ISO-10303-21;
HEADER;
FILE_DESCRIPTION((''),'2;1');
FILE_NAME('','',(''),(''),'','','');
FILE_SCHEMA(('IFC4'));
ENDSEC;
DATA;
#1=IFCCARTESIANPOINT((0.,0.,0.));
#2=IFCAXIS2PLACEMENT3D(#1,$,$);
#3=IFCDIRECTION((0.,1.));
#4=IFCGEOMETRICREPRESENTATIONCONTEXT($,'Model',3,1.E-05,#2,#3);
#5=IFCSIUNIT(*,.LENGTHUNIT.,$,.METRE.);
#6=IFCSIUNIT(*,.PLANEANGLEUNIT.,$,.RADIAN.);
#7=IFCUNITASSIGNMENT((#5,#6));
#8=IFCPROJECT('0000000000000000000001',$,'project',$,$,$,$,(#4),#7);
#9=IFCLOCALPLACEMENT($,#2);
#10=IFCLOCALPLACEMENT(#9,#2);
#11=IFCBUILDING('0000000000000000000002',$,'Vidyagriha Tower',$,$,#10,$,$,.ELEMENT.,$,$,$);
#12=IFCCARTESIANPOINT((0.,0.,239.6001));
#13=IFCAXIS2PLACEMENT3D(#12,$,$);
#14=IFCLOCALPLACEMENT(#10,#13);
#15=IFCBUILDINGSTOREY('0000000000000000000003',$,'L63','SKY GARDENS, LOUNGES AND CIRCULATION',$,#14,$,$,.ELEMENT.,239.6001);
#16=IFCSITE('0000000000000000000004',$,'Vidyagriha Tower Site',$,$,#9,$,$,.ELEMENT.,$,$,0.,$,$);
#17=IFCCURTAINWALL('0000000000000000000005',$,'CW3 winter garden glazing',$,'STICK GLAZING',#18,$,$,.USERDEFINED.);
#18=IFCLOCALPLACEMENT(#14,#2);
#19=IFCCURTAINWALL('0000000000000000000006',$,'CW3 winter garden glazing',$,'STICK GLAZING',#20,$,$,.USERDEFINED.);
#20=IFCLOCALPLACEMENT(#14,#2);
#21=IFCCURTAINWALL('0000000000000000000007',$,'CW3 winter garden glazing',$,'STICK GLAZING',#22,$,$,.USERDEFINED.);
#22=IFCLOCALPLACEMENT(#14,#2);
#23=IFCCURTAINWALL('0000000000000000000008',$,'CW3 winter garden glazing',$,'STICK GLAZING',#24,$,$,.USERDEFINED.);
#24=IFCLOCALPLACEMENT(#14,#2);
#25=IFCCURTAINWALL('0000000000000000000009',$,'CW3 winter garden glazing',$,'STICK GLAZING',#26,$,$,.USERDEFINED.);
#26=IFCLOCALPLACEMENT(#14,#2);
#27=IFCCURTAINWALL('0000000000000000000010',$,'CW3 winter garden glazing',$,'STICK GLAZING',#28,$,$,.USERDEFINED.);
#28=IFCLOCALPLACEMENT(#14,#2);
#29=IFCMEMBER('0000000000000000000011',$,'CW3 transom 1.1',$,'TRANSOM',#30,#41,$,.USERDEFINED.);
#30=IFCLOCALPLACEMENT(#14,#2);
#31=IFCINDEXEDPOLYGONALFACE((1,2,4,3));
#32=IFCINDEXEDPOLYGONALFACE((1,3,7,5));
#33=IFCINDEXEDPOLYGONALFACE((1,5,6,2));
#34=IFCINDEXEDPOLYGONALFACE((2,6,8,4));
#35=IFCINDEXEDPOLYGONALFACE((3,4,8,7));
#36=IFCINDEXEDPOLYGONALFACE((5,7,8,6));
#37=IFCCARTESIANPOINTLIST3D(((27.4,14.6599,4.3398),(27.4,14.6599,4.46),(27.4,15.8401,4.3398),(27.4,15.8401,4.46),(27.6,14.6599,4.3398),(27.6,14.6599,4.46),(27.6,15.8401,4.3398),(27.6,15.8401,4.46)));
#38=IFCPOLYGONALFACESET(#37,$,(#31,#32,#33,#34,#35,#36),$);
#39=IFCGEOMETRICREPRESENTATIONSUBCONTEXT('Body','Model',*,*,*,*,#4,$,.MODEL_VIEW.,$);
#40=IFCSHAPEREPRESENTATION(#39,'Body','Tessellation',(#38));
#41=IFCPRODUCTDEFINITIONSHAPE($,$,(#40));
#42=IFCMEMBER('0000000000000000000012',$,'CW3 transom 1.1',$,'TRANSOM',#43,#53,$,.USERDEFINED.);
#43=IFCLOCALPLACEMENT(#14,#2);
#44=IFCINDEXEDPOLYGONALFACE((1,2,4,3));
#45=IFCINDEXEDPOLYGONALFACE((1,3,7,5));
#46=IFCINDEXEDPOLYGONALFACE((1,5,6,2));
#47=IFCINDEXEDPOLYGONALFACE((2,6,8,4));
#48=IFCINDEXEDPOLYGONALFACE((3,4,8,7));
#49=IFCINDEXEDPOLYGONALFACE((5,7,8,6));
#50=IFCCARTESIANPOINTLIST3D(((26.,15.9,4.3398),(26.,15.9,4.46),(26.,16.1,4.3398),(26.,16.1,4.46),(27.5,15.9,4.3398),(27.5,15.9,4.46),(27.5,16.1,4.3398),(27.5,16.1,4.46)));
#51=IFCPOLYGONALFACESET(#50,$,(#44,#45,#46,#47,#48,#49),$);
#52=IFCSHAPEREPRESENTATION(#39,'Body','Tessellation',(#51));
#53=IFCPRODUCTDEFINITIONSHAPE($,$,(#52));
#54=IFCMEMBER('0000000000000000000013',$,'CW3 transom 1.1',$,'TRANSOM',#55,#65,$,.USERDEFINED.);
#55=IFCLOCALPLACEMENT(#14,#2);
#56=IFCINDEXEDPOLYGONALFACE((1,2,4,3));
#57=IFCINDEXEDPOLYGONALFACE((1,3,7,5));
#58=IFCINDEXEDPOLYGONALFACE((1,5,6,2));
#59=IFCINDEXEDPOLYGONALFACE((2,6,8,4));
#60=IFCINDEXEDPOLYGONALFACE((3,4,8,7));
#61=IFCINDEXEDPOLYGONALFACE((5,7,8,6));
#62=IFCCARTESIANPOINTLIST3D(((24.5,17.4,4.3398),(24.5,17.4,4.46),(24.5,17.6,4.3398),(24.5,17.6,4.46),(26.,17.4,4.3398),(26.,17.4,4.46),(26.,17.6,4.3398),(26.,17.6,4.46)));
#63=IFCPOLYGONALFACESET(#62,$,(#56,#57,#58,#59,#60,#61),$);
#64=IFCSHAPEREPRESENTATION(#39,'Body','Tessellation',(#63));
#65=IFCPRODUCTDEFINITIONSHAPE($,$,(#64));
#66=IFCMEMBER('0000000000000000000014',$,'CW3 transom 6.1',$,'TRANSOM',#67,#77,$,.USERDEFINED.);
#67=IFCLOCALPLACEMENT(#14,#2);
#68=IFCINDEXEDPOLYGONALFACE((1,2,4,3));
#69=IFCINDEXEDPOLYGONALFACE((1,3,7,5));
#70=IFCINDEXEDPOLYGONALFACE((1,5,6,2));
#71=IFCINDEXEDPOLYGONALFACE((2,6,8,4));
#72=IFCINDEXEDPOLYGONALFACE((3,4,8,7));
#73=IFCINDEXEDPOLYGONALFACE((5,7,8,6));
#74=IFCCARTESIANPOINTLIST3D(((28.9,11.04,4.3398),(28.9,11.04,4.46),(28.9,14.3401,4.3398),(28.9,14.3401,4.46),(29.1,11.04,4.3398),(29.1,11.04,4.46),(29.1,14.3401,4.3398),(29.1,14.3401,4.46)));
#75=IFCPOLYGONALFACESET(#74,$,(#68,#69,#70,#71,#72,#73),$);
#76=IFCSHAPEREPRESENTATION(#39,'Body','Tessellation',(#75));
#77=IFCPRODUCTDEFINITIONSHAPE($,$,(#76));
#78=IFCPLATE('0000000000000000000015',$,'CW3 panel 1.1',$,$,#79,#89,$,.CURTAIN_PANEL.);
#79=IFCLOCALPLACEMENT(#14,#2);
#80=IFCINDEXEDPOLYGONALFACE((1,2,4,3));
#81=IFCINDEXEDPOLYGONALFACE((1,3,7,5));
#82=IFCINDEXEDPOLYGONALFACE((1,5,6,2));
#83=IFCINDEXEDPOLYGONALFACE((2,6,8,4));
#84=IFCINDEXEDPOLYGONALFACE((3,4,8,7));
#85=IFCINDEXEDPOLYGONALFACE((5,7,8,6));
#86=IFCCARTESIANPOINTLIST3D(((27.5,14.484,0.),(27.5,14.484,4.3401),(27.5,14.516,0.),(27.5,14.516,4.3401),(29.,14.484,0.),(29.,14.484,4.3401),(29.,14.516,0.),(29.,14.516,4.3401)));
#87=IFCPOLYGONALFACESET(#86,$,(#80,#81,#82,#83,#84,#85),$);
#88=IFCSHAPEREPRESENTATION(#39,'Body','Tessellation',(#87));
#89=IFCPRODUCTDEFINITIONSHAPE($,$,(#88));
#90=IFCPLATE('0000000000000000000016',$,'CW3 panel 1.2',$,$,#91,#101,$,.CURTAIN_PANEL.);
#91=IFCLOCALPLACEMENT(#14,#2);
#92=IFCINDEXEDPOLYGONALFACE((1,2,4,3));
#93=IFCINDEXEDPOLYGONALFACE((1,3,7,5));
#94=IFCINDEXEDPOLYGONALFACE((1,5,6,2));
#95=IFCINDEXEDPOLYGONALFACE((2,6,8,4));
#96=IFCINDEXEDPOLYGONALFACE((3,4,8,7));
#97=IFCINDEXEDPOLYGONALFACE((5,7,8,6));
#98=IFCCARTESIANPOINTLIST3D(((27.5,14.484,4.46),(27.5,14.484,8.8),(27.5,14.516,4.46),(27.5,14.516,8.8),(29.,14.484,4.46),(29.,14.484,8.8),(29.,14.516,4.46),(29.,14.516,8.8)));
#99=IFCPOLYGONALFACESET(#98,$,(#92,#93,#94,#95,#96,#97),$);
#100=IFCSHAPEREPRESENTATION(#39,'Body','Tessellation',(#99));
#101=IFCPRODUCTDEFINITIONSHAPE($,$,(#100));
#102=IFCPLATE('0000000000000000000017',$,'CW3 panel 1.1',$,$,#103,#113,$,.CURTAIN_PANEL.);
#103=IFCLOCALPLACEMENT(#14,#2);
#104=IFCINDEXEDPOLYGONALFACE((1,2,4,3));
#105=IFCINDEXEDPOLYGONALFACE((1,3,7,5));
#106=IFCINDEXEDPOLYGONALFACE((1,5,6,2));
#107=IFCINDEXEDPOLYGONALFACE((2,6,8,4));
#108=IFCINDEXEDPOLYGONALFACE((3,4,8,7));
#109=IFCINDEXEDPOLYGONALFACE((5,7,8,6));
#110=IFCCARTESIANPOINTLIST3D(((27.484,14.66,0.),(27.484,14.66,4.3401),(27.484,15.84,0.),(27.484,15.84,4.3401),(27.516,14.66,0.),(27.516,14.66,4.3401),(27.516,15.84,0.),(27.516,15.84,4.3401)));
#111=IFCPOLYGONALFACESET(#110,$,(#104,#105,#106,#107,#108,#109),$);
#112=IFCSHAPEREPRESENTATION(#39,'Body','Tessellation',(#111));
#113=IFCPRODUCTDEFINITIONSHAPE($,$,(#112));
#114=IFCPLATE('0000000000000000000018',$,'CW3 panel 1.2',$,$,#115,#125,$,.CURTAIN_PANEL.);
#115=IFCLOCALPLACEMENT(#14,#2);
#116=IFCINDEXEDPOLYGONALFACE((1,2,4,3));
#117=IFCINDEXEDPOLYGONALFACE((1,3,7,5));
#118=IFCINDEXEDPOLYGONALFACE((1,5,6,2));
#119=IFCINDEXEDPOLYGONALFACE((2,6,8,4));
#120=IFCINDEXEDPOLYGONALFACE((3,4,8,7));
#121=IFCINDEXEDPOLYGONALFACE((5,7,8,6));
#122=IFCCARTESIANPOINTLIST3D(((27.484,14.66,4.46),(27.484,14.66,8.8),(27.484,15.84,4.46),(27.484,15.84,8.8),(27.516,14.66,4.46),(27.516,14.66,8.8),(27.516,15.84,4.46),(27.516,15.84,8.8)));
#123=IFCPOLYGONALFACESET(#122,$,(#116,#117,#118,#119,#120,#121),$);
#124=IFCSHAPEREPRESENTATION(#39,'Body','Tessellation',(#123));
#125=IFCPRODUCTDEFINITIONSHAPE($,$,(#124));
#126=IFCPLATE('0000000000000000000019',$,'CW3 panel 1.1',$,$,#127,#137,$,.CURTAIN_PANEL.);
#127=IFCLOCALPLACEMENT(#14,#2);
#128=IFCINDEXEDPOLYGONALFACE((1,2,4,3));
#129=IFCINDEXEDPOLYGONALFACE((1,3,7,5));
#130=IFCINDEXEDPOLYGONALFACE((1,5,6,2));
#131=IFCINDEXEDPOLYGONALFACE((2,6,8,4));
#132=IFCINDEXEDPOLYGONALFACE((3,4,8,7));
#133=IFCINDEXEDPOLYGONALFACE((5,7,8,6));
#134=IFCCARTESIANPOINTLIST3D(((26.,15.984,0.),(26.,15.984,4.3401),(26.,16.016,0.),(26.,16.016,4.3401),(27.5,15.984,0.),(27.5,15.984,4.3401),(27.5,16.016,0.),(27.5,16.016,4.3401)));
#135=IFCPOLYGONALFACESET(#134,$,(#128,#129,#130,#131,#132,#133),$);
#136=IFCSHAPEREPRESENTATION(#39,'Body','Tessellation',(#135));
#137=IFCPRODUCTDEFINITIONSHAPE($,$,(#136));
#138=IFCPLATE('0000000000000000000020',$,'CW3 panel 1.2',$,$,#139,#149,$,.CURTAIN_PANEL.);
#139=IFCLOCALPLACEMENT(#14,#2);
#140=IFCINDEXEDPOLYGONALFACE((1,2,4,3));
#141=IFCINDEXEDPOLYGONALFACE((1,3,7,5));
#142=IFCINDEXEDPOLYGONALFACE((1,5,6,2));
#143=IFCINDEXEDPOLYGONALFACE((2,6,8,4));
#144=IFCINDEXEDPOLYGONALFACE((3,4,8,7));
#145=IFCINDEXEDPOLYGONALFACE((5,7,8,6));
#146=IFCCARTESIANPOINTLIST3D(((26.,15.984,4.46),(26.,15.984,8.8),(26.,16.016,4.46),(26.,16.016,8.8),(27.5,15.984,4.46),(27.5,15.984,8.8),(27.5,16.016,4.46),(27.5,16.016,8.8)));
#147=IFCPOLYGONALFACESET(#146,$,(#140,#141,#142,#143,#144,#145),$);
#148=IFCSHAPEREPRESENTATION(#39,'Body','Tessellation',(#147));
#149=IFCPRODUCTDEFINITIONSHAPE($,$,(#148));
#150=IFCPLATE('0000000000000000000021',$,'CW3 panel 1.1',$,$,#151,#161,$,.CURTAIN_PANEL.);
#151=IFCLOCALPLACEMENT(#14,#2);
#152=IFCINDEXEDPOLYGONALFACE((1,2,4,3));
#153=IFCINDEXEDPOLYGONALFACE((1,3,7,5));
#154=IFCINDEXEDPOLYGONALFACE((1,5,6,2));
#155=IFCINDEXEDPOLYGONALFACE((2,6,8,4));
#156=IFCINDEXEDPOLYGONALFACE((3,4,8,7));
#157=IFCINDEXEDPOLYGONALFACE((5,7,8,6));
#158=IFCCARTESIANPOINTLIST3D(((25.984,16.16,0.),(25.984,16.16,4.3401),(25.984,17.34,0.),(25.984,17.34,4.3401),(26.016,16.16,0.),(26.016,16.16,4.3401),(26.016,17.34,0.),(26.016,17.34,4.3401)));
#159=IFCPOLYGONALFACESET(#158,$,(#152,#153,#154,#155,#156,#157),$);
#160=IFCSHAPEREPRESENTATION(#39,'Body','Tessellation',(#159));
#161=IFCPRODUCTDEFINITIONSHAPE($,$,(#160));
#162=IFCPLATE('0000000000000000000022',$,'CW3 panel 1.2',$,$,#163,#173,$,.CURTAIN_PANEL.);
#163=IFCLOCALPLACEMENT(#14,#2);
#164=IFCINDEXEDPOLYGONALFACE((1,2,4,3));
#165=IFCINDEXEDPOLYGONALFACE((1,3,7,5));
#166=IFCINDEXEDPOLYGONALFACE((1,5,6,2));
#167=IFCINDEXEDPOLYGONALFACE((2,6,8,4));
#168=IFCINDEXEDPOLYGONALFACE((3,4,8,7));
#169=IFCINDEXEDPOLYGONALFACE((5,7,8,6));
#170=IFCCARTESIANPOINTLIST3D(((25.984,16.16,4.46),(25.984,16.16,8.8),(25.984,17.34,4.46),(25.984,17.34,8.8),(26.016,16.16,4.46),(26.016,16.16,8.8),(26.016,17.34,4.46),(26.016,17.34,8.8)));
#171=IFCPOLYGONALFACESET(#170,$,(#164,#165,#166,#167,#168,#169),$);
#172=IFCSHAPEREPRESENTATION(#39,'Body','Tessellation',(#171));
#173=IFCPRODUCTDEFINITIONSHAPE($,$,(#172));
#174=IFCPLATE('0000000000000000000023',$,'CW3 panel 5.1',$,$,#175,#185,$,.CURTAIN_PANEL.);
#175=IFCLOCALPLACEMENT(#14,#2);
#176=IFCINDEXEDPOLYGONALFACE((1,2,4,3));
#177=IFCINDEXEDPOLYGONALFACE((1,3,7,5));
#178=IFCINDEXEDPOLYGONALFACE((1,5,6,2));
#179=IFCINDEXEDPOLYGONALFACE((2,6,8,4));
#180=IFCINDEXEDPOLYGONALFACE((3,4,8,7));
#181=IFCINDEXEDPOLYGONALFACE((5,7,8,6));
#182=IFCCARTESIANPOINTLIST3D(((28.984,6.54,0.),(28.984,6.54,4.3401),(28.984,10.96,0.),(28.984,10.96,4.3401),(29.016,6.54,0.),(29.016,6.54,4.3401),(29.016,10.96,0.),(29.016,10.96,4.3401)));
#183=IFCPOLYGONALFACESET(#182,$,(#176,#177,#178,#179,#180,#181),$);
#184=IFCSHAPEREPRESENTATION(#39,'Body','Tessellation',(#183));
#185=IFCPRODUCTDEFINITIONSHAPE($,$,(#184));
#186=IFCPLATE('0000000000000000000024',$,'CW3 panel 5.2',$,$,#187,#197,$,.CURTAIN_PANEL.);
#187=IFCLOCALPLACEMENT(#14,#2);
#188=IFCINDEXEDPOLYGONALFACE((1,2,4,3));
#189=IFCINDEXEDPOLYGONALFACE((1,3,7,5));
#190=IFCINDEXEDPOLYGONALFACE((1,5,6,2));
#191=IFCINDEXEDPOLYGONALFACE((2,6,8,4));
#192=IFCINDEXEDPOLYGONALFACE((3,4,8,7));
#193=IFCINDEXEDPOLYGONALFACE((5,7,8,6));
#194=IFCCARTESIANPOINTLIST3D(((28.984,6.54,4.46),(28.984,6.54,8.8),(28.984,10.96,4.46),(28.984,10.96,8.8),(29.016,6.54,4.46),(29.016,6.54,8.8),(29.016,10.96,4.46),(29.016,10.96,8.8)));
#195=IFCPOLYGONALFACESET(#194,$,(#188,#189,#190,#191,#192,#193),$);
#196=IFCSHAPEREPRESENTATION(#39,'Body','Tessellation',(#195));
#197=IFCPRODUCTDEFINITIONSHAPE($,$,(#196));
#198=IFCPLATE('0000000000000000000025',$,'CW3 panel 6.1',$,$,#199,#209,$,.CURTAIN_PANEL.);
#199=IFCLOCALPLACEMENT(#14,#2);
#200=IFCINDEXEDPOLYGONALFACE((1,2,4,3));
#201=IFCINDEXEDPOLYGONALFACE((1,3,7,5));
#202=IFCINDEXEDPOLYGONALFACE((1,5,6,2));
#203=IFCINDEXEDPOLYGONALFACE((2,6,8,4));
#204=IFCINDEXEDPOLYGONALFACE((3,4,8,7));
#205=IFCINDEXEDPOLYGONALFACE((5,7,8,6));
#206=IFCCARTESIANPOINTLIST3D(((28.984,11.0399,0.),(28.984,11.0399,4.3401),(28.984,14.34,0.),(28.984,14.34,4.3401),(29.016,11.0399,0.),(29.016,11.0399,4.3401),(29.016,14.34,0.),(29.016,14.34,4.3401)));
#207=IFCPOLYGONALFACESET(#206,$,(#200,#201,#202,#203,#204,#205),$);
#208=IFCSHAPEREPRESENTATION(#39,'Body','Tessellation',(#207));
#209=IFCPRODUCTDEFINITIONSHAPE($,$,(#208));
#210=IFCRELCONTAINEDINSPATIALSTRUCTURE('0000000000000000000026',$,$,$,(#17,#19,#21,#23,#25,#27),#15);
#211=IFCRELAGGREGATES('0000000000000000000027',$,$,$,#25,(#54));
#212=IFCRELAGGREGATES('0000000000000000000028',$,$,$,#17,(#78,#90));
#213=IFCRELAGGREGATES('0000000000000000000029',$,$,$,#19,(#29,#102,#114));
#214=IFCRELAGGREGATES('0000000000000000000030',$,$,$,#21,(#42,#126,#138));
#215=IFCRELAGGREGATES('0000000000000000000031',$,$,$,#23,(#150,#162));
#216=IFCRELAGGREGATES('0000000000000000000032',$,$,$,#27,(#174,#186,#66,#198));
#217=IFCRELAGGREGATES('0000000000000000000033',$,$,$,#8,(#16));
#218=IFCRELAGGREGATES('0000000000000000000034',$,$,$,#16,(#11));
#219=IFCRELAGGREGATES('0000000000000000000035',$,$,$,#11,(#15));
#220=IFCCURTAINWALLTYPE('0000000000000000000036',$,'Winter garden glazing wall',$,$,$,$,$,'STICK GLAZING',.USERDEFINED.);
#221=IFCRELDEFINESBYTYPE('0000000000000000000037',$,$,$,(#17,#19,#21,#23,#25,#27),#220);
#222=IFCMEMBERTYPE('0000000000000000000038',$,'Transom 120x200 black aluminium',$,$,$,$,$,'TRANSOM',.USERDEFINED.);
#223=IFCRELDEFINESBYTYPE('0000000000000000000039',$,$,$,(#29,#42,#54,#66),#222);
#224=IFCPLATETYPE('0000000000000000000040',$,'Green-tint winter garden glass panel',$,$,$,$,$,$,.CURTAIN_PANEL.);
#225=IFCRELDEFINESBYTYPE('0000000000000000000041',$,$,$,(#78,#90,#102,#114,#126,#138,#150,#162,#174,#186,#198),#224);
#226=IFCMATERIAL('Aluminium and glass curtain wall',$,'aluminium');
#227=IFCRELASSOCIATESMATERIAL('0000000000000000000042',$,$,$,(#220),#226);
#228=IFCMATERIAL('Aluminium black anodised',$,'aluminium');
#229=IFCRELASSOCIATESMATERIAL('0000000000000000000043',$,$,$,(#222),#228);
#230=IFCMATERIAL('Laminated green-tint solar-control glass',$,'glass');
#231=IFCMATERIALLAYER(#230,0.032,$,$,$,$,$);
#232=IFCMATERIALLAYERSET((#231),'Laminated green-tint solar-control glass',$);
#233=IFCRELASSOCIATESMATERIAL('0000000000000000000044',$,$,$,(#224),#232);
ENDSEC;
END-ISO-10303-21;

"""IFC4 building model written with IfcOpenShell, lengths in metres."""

from ifc_helpers import new_model, si_unit, direction, frame, origin, origin_2d, place, context, subcontext, project, spatial, rectangle, extrude, material, layer, layer_set, material_profile, profile_set, type_object, element, aggregate, save


model = new_model("IFC4")

# Units and contexts
model_context = context("Model", 3, precision=1e-05, world=origin(), true_north=direction((0.0, 1.0)))
body_context = subcontext(model_context, "Body", "Model", "MODEL_VIEW")
ifc_project = project(units=[si_unit("LENGTHUNIT", "METRE"), si_unit("PLANEANGLEUNIT", "RADIAN")], contexts=[model_context])

# Site, building, storey
site_placement = place(None, origin())
site = spatial("IfcSite", under=ifc_project, at=site_placement, Name="Vidyagriha Tower Site", CompositionType="ELEMENT", RefElevation=0.0)
building_placement = place(site_placement, origin())
building = spatial("IfcBuilding", under=site, at=building_placement, Name="Vidyagriha Tower", CompositionType="ELEMENT")
storey_placement = place(building_placement, frame((0.0, 0.0, 239.6001)))
storey = spatial("IfcBuildingStorey", under=building, at=storey_placement, Name="L63", Description="SKY GARDENS, LOUNGES AND CIRCULATION", CompositionType="ELEMENT", Elevation=239.6001)

# Curtain walls
ifc_material_1 = material(Name="Aluminium and glass curtain wall", Category="aluminium")
curtain_wall_type = type_object("IfcCurtainWallType", Name="Winter garden glazing wall", ElementType="STICK GLAZING", PredefinedType="USERDEFINED", material=ifc_material_1)
curtain_wall_1_placement = place(storey_placement, origin())
curtain_wall_1 = element("IfcCurtainWall", 1, at=curtain_wall_1_placement, inside=storey, type_object=curtain_wall_type, Name="CW3 winter garden glazing", ObjectType="STICK GLAZING", PredefinedType="USERDEFINED")
curtain_wall_2_placement = place(storey_placement, origin())
curtain_wall_2 = element("IfcCurtainWall", 2, at=curtain_wall_2_placement, inside=storey, type_object=curtain_wall_type, Name="CW3 winter garden glazing", ObjectType="STICK GLAZING", PredefinedType="USERDEFINED")

# Curtain walls
curtain_wall_3_placement = place(storey_placement, origin())
curtain_wall_3 = element("IfcCurtainWall", 3, at=curtain_wall_3_placement, inside=storey, type_object=curtain_wall_type, Name="CW3 winter garden glazing", ObjectType="STICK GLAZING", PredefinedType="USERDEFINED")
curtain_wall_4_placement = place(storey_placement, origin())
curtain_wall_4 = element("IfcCurtainWall", 4, at=curtain_wall_4_placement, inside=storey, type_object=curtain_wall_type, Name="CW3 winter garden glazing", ObjectType="STICK GLAZING", PredefinedType="USERDEFINED")
curtain_wall_5_placement = place(storey_placement, origin())
curtain_wall_5 = element("IfcCurtainWall", 5, at=curtain_wall_5_placement, inside=storey, type_object=curtain_wall_type, Name="CW3 winter garden glazing", ObjectType="STICK GLAZING", PredefinedType="USERDEFINED")

# Curtain wall
curtain_wall_6_placement = place(storey_placement, origin())
curtain_wall_6 = element("IfcCurtainWall", 6, at=curtain_wall_6_placement, inside=storey, type_object=curtain_wall_type, Name="CW3 winter garden glazing", ObjectType="STICK GLAZING", PredefinedType="USERDEFINED")

# Members
ifc_material_2 = material(Name="Aluminium black anodised", Category="aluminium")
ifc_material_profile_1 = material_profile(ifc_material_2, rectangle(XDim=0.2, YDim=0.1201, at=origin_2d()), Name="Transom 120x200 black aluminium")
ifc_profile_set_1 = profile_set([ifc_material_profile_1], Name="Aluminium black anodised")
member_type_1 = type_object("IfcMemberType", Name="Transom 120x200 black aluminium", ElementType="TRANSOM", PredefinedType="USERDEFINED", material=ifc_profile_set_1)
member_1_placement = place(storey_placement, frame((27.5, 14.6599, 4.3999), z_axis=(0.0, 1.0, 0.0), x_axis=(-1.0, 0.0, 0.0)))
member_1 = element("IfcMember", 7, at=member_1_placement, type_object=member_type_1, Name="CW3 transom 1.1", ObjectType="TRANSOM", PredefinedType="USERDEFINED", context=body_context, shape_type="SweptSolid", body=[
    extrude(rectangle(XDim=0.2, YDim=0.1201, at=origin_2d()), origin(), (0.0, 0.0, 1.0), 1.1802),
])
member_2_placement = place(storey_placement, frame((27.5, 16.0, 4.3999), z_axis=(-1.0, 0.0, 0.0), x_axis=(0.0, -1.0, 0.0)))
member_2 = element("IfcMember", 8, at=member_2_placement, type_object=member_type_1, Name="CW3 transom 1.1", ObjectType="TRANSOM", PredefinedType="USERDEFINED", context=body_context, shape_type="SweptSolid", body=[
    extrude(rectangle(XDim=0.2, YDim=0.1201, at=origin_2d()), origin(), (0.0, 0.0, 1.0), 1.5),
])
member_3_placement = place(storey_placement, frame((26.0, 17.5, 4.3999), z_axis=(-1.0, 0.0, 0.0), x_axis=(0.0, -1.0, 0.0)))
member_3 = element("IfcMember", 9, at=member_3_placement, type_object=member_type_1, Name="CW3 transom 1.1", ObjectType="TRANSOM", PredefinedType="USERDEFINED", context=body_context, shape_type="SweptSolid", body=[
    extrude(rectangle(XDim=0.2, YDim=0.1201, at=origin_2d()), origin(), (0.0, 0.0, 1.0), 1.5),
])
aggregate(curtain_wall_5, [member_3])
member_4_placement = place(storey_placement, frame((29.0, 11.04, 4.3999), z_axis=(0.0, 1.0, 0.0), x_axis=(-1.0, 0.0, 0.0)))
member_4 = element("IfcMember", 10, at=member_4_placement, type_object=member_type_1, Name="CW3 transom 6.1", ObjectType="TRANSOM", PredefinedType="USERDEFINED", context=body_context, shape_type="SweptSolid", body=[
    extrude(rectangle(XDim=0.2, YDim=0.1201, at=origin_2d()), origin(), (0.0, 0.0, 1.0), 3.3),
])

# Plates
ifc_material_3 = material(Name="Laminated green-tint solar-control glass", Category="glass")
ifc_layer_1 = layer(ifc_material_3, 0.032)
ifc_layer_set_1 = layer_set([ifc_layer_1], Name="Laminated green-tint solar-control glass")
plate_type = type_object("IfcPlateType", Name="Green-tint winter garden glass panel", PredefinedType="CURTAIN_PANEL", material=ifc_layer_set_1)
plate_1_placement = place(storey_placement, frame((28.25, 14.5, 0.0), z_axis=(0.0, 0.0, 1.0), x_axis=(-1.0, 0.0, 0.0)))
plate_1 = element("IfcPlate", 11, at=plate_1_placement, type_object=plate_type, Name="CW3 panel 1.1", PredefinedType="CURTAIN_PANEL", context=body_context, shape_type="SweptSolid", body=[
    extrude(rectangle(XDim=1.5, YDim=0.032, at=origin_2d()), origin(), (0.0, 0.0, 1.0), 4.3401),
])
plate_2_placement = place(storey_placement, frame((28.25, 14.5, 4.46), z_axis=(0.0, 0.0, 1.0), x_axis=(-1.0, 0.0, 0.0)))
plate_2 = element("IfcPlate", 12, at=plate_2_placement, type_object=plate_type, Name="CW3 panel 1.2", PredefinedType="CURTAIN_PANEL", context=body_context, shape_type="SweptSolid", body=[
    extrude(rectangle(XDim=1.5, YDim=0.032, at=origin_2d()), origin(), (0.0, 0.0, 1.0), 4.3401),
])
aggregate(curtain_wall_1, [plate_1, plate_2])
plate_3_placement = place(storey_placement, frame((27.5, 15.25, 0.0), z_axis=(0.0, 0.0, 1.0), x_axis=(0.0, 1.0, 0.0)))
plate_3 = element("IfcPlate", 13, at=plate_3_placement, type_object=plate_type, Name="CW3 panel 1.1", PredefinedType="CURTAIN_PANEL", context=body_context, shape_type="SweptSolid", body=[
    extrude(rectangle(XDim=1.1799, YDim=0.032, at=origin_2d()), origin(), (0.0, 0.0, 1.0), 4.3401),
])
plate_4_placement = place(storey_placement, frame((27.5, 15.25, 4.46), z_axis=(0.0, 0.0, 1.0), x_axis=(0.0, 1.0, 0.0)))
plate_4 = element("IfcPlate", 14, at=plate_4_placement, type_object=plate_type, Name="CW3 panel 1.2", PredefinedType="CURTAIN_PANEL", context=body_context, shape_type="SweptSolid", body=[
    extrude(rectangle(XDim=1.1799, YDim=0.032, at=origin_2d()), origin(), (0.0, 0.0, 1.0), 4.3401),
])
aggregate(curtain_wall_2, [member_1, plate_3, plate_4])
plate_5_placement = place(storey_placement, frame((26.75, 16.0, 0.0), z_axis=(0.0, 0.0, 1.0), x_axis=(-1.0, 0.0, 0.0)))
plate_5 = element("IfcPlate", 15, at=plate_5_placement, type_object=plate_type, Name="CW3 panel 1.1", PredefinedType="CURTAIN_PANEL", context=body_context, shape_type="SweptSolid", body=[
    extrude(rectangle(XDim=1.5, YDim=0.032, at=origin_2d()), origin(), (0.0, 0.0, 1.0), 4.3401),
])
plate_6_placement = place(storey_placement, frame((26.75, 16.0, 4.46), z_axis=(0.0, 0.0, 1.0), x_axis=(-1.0, 0.0, 0.0)))
plate_6 = element("IfcPlate", 16, at=plate_6_placement, type_object=plate_type, Name="CW3 panel 1.2", PredefinedType="CURTAIN_PANEL", context=body_context, shape_type="SweptSolid", body=[
    extrude(rectangle(XDim=1.5, YDim=0.032, at=origin_2d()), origin(), (0.0, 0.0, 1.0), 4.3401),
])
aggregate(curtain_wall_3, [member_2, plate_5, plate_6])
plate_7_placement = place(storey_placement, frame((26.0, 16.75, 0.0), z_axis=(0.0, 0.0, 1.0), x_axis=(0.0, 1.0, 0.0)))
plate_7 = element("IfcPlate", 17, at=plate_7_placement, type_object=plate_type, Name="CW3 panel 1.1", PredefinedType="CURTAIN_PANEL", context=body_context, shape_type="SweptSolid", body=[
    extrude(rectangle(XDim=1.1799, YDim=0.032, at=origin_2d()), origin(), (0.0, 0.0, 1.0), 4.3401),
])
plate_8_placement = place(storey_placement, frame((26.0, 16.75, 4.46), z_axis=(0.0, 0.0, 1.0), x_axis=(0.0, 1.0, 0.0)))
plate_8 = element("IfcPlate", 18, at=plate_8_placement, type_object=plate_type, Name="CW3 panel 1.2", PredefinedType="CURTAIN_PANEL", context=body_context, shape_type="SweptSolid", body=[
    extrude(rectangle(XDim=1.1799, YDim=0.032, at=origin_2d()), origin(), (0.0, 0.0, 1.0), 4.3401),
])
aggregate(curtain_wall_4, [plate_7, plate_8])
plate_9_placement = place(storey_placement, frame((29.0, 8.75, 0.0), z_axis=(0.0, 0.0, 1.0), x_axis=(0.0, 1.0, 0.0)))
plate_9 = element("IfcPlate", 19, at=plate_9_placement, type_object=plate_type, Name="CW3 panel 5.1", PredefinedType="CURTAIN_PANEL", context=body_context, shape_type="SweptSolid", body=[
    extrude(rectangle(XDim=4.4199, YDim=0.032, at=origin_2d()), origin(), (0.0, 0.0, 1.0), 4.3401),
])
plate_10_placement = place(storey_placement, frame((29.0, 8.75, 4.46), z_axis=(0.0, 0.0, 1.0), x_axis=(0.0, 1.0, 0.0)))
plate_10 = element("IfcPlate", 20, at=plate_10_placement, type_object=plate_type, Name="CW3 panel 5.2", PredefinedType="CURTAIN_PANEL", context=body_context, shape_type="SweptSolid", body=[
    extrude(rectangle(XDim=4.4199, YDim=0.032, at=origin_2d()), origin(), (0.0, 0.0, 1.0), 4.3401),
])
plate_11_placement = place(storey_placement, frame((29.0, 12.6899, 0.0), z_axis=(0.0, 0.0, 1.0), x_axis=(0.0, 1.0, 0.0)))
plate_11 = element("IfcPlate", 21, at=plate_11_placement, type_object=plate_type, Name="CW3 panel 6.1", PredefinedType="CURTAIN_PANEL", context=body_context, shape_type="SweptSolid", body=[
    extrude(rectangle(XDim=3.3, YDim=0.032, at=origin_2d()), origin(), (0.0, 0.0, 1.0), 4.3401),
])
aggregate(curtain_wall_6, [plate_9, plate_10, member_4, plate_11])

save(model, "model.ifc")
